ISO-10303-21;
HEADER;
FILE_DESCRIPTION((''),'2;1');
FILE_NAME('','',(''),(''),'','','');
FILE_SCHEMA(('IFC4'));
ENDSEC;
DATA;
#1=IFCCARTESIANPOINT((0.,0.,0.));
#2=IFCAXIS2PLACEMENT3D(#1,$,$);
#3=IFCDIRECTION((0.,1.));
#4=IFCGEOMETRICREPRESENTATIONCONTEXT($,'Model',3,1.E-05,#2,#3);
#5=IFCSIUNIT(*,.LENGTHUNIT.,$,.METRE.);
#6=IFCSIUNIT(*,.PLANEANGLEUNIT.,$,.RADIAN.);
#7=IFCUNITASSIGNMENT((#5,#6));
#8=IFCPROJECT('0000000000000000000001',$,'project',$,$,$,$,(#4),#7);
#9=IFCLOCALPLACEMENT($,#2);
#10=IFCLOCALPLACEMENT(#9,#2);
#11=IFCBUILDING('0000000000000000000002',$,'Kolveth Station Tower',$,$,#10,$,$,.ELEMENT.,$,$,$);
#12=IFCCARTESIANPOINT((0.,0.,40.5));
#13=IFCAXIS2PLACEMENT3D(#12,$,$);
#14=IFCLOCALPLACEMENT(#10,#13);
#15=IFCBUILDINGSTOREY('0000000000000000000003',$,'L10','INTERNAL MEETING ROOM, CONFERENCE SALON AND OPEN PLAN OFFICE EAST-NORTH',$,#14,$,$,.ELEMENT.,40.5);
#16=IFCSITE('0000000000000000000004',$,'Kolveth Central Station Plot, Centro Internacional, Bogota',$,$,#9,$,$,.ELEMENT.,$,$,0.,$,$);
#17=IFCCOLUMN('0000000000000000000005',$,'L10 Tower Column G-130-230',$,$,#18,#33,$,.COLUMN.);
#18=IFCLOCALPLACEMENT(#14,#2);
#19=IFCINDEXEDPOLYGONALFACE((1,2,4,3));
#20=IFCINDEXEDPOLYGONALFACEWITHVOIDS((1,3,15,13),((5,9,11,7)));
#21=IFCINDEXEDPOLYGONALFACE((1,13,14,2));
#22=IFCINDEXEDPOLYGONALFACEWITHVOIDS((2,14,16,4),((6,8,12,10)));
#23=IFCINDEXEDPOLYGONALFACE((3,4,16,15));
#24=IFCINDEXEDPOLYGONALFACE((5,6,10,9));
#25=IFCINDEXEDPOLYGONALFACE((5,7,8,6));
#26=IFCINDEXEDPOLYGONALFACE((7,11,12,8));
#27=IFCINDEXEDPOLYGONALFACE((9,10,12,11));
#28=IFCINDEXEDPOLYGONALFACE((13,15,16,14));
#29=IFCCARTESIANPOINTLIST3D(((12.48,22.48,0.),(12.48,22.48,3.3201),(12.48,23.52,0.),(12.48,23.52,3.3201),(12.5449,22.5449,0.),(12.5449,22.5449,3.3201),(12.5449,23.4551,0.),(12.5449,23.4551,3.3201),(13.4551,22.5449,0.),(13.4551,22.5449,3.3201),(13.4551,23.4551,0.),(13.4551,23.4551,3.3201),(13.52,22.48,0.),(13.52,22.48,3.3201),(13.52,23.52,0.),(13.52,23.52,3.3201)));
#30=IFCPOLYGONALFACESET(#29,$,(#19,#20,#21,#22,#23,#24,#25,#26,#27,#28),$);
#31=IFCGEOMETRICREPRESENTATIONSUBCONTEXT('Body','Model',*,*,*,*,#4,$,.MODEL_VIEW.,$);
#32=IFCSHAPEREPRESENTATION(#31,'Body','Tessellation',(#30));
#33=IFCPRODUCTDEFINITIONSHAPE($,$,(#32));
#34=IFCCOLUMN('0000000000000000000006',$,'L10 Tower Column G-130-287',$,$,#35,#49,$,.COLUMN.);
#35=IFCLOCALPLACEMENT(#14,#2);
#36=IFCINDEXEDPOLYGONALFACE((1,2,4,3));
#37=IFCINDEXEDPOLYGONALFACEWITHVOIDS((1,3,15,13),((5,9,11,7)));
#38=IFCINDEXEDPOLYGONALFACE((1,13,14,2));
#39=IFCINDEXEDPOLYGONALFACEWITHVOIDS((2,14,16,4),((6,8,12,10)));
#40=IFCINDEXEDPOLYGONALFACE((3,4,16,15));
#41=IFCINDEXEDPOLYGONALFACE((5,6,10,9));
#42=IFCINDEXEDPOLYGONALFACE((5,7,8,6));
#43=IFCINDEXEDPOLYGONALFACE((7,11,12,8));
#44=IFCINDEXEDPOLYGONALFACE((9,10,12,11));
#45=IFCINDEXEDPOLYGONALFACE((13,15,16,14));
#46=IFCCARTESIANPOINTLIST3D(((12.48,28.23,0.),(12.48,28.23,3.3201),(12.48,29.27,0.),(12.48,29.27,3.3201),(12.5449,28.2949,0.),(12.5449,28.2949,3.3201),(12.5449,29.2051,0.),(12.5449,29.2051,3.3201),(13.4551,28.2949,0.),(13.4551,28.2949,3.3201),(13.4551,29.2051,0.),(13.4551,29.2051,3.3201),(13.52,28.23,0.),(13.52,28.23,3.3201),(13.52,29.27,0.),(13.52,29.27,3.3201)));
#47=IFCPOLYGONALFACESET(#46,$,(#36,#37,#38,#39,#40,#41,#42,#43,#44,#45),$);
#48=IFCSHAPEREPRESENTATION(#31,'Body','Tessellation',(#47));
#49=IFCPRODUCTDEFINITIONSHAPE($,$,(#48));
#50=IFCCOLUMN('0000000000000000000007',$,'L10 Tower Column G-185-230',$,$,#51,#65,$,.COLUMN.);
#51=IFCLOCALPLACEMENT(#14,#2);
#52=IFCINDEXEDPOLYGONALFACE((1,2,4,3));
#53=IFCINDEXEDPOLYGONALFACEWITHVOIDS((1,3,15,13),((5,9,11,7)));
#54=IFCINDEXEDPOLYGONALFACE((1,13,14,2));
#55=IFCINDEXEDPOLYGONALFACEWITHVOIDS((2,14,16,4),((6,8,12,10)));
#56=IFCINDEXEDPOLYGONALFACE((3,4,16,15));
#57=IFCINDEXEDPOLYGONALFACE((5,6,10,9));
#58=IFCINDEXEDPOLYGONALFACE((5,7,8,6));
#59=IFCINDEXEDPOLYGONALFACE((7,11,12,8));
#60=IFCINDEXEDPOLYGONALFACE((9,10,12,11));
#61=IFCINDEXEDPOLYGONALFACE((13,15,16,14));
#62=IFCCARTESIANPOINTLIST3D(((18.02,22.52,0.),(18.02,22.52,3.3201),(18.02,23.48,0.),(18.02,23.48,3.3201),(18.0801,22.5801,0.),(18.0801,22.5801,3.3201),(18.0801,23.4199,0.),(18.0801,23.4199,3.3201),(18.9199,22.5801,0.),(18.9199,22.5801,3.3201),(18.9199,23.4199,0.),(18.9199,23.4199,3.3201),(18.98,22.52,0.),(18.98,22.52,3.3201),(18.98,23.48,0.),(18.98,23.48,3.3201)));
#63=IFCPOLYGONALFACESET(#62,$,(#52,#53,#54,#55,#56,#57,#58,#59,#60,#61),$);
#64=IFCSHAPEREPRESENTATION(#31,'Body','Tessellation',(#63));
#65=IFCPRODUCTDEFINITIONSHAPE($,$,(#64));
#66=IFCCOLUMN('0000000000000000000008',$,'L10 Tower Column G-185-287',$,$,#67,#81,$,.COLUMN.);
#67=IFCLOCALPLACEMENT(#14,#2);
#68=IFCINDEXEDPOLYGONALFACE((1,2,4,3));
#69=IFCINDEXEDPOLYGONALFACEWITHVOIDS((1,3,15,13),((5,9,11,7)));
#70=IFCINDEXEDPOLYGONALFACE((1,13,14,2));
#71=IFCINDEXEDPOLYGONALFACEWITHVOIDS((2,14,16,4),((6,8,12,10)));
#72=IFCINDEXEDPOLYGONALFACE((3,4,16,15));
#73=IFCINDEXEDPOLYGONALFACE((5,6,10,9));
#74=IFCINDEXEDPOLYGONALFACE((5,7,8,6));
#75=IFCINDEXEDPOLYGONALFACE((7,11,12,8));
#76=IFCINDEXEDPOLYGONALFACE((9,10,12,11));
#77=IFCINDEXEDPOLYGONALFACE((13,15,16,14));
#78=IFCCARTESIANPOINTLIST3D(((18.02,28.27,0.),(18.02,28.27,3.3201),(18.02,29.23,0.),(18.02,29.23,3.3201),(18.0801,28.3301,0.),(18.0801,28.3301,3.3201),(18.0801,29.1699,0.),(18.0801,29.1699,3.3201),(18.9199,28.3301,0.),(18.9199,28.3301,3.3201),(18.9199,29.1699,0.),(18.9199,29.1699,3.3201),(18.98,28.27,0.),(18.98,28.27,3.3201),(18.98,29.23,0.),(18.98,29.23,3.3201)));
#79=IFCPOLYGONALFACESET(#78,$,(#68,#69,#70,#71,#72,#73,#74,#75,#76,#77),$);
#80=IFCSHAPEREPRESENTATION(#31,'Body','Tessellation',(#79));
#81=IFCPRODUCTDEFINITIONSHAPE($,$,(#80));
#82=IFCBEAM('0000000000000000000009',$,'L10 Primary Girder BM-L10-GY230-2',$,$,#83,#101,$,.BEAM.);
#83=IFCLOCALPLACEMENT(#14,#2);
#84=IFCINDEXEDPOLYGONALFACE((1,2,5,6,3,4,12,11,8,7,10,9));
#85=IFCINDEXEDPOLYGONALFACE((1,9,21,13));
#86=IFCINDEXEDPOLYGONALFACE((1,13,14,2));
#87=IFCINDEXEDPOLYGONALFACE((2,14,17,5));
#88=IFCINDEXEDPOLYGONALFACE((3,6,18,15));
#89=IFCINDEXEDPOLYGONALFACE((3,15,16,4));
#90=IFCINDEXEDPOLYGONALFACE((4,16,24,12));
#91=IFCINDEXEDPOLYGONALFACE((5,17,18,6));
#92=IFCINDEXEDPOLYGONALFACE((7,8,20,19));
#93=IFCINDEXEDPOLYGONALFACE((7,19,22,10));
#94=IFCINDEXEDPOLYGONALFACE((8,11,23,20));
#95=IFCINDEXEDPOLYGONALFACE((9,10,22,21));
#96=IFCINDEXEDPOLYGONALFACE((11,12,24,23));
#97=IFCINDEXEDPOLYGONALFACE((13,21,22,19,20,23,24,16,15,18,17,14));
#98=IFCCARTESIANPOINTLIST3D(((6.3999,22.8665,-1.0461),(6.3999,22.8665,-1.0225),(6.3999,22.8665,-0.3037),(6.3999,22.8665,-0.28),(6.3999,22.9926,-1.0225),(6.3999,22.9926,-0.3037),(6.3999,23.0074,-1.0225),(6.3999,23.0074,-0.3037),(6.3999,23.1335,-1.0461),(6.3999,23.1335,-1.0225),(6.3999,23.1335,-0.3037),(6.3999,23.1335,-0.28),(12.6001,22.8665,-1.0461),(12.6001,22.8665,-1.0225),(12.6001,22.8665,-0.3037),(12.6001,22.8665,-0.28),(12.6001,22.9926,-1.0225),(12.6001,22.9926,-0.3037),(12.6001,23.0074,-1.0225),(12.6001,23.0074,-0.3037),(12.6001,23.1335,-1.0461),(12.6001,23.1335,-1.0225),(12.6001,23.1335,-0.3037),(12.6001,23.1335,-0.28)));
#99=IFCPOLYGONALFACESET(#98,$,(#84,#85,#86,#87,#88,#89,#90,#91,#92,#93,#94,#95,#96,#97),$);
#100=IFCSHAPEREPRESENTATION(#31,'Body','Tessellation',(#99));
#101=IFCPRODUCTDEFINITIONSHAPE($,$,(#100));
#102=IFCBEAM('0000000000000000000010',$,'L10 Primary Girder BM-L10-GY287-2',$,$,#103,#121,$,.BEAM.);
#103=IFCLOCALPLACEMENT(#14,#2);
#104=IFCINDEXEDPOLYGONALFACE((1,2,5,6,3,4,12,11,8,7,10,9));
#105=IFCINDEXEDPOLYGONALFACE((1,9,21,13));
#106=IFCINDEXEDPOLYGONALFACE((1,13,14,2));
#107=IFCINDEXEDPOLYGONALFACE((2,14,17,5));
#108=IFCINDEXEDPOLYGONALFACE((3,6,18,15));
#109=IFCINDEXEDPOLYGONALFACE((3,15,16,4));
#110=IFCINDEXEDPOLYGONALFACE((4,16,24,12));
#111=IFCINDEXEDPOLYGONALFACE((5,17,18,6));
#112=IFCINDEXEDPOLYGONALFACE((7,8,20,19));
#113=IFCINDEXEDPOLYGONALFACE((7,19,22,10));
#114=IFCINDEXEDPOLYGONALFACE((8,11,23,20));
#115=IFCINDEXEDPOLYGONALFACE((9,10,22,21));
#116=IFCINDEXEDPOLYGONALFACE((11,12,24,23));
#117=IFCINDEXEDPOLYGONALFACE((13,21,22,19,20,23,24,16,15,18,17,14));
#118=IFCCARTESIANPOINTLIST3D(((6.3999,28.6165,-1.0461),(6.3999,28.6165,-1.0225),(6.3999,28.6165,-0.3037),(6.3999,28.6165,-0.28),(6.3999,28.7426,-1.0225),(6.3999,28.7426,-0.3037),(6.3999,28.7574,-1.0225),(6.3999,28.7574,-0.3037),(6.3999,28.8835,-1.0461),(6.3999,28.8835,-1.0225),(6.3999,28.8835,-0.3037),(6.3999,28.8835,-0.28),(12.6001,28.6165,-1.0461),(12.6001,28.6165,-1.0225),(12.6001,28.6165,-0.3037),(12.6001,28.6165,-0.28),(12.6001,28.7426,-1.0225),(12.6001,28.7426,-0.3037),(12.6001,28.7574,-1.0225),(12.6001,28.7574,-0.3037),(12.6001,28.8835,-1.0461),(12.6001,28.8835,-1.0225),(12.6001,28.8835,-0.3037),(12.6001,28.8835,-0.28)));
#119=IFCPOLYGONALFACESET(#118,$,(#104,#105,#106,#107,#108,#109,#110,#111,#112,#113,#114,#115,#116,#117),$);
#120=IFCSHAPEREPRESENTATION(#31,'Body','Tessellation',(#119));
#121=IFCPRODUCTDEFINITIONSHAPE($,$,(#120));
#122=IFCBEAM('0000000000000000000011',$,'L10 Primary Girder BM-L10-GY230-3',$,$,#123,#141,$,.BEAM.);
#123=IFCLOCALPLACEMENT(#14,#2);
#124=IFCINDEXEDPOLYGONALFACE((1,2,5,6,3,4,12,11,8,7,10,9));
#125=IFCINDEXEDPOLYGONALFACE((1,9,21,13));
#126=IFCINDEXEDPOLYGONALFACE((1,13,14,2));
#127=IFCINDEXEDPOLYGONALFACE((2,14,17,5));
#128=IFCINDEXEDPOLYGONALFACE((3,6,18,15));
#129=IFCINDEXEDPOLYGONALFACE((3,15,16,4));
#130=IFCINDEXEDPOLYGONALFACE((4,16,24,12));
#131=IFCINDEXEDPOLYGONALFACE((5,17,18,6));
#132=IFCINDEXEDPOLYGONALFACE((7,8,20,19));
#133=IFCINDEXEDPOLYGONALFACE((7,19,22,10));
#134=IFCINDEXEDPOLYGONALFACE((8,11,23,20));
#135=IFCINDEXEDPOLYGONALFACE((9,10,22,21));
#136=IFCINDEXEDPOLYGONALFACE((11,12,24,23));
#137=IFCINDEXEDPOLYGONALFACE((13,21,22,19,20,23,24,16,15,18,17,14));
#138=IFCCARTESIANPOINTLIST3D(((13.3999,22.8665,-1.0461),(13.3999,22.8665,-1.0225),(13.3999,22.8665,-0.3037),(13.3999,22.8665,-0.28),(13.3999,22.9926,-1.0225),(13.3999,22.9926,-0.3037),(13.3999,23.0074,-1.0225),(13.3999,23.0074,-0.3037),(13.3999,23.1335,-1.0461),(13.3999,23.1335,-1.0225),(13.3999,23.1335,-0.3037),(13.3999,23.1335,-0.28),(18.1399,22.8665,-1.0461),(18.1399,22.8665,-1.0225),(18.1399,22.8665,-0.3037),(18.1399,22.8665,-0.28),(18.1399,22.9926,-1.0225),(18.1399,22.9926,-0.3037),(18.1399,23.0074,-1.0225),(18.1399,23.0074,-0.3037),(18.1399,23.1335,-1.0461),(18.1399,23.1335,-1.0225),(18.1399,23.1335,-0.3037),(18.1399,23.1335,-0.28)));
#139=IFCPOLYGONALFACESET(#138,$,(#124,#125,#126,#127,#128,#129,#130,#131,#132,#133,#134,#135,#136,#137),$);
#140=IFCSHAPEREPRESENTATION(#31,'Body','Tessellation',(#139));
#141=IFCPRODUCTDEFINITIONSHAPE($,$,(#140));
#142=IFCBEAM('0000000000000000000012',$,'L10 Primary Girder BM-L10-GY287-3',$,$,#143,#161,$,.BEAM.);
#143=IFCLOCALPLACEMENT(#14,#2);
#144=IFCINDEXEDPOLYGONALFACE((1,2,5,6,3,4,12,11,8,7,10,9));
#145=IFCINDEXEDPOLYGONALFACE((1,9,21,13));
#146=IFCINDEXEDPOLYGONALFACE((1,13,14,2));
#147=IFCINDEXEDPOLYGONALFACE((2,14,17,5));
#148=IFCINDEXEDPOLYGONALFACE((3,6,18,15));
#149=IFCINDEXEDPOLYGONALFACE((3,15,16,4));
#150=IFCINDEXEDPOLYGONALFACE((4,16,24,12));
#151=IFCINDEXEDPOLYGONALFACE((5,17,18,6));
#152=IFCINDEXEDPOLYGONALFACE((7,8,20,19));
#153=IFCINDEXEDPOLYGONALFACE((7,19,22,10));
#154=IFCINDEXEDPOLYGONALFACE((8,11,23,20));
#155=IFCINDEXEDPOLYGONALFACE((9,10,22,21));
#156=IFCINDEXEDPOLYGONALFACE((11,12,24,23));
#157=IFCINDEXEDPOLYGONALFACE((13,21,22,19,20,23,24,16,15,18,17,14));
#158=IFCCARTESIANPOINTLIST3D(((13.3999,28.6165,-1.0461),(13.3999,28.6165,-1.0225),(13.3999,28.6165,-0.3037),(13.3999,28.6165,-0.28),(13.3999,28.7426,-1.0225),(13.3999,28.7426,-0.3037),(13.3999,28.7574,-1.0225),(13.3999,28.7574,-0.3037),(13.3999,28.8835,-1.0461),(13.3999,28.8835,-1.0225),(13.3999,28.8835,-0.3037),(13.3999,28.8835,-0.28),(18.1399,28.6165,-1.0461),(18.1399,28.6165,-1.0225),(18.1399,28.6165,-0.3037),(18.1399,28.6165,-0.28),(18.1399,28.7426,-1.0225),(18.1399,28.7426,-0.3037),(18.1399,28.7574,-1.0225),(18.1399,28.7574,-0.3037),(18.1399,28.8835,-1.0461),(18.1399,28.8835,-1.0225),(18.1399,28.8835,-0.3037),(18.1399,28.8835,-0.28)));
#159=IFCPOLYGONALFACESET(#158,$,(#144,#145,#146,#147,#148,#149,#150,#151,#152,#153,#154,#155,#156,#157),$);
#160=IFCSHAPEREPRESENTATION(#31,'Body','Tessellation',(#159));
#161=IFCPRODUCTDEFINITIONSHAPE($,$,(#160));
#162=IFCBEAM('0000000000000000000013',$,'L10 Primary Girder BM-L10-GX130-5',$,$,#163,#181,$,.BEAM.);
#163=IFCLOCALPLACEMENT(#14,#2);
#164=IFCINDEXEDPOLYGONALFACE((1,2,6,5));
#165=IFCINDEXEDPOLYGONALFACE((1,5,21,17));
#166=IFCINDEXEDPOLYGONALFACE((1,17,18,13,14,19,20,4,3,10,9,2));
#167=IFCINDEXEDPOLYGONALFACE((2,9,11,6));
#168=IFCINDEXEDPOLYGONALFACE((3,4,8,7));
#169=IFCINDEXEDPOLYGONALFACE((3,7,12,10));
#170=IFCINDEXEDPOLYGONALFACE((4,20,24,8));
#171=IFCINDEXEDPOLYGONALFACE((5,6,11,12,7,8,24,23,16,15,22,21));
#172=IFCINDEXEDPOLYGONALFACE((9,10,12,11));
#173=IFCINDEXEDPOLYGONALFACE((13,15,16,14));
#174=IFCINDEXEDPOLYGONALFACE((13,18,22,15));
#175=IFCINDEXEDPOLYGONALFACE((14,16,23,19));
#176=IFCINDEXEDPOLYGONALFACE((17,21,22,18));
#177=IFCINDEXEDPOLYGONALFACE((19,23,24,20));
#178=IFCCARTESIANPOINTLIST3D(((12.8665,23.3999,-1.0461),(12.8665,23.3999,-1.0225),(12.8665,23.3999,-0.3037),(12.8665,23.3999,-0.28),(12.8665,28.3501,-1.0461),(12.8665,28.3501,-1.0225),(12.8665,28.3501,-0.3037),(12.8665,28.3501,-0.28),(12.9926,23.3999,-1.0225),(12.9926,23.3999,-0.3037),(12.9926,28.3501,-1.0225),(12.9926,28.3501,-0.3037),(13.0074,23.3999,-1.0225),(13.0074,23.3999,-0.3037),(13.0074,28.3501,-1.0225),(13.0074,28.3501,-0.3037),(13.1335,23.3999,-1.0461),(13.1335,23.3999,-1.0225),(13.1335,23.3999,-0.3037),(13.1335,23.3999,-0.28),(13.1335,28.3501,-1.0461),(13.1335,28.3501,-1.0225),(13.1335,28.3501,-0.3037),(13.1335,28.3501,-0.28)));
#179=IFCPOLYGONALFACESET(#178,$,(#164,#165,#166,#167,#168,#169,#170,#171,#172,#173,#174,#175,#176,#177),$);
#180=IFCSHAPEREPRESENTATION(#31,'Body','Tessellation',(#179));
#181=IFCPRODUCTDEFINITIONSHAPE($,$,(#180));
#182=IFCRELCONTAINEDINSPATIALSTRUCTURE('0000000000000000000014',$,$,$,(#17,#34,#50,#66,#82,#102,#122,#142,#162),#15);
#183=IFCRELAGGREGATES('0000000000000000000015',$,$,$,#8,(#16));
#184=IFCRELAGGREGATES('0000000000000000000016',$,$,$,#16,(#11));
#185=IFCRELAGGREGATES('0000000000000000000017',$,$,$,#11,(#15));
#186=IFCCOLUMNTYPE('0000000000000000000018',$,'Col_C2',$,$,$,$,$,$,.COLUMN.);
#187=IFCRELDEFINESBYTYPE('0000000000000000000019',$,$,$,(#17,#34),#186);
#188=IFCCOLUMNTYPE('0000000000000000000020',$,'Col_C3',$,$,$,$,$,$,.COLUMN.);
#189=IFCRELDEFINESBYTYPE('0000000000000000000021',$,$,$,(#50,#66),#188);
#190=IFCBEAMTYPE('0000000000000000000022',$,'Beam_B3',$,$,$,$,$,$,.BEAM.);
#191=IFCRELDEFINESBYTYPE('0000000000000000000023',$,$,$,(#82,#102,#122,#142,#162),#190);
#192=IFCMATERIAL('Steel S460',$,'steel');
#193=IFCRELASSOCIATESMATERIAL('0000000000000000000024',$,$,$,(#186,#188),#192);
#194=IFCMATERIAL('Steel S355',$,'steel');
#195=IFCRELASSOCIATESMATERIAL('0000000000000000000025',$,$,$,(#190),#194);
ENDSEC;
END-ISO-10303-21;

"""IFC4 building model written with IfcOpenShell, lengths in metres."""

from ifc_helpers import new_model, si_unit, direction, frame, origin, origin_2d, place, context, subcontext, project, spatial, hollow_rectangle, i_section, extrude, source, transform, mapped, material, material_profile, profile_set, type_object, element, save


model = new_model("IFC4")

# Units and contexts
model_context = context("Model", 3, precision=1e-05, world=origin(), true_north=direction((0.0, 1.0)))
body_context = subcontext(model_context, "Body", "Model", "MODEL_VIEW")
ifc_project = project(units=[si_unit("LENGTHUNIT", "METRE"), si_unit("PLANEANGLEUNIT", "RADIAN")], contexts=[model_context])

# Site, building, storey
site_placement = place(None, origin())
site = spatial("IfcSite", under=ifc_project, at=site_placement, Name="Kolveth Central Station Plot, Centro Internacional, Bogota", CompositionType="ELEMENT", RefElevation=0.0)
building_placement = place(site_placement, origin())
building = spatial("IfcBuilding", under=site, at=building_placement, Name="Kolveth Station Tower", CompositionType="ELEMENT")
storey_placement = place(building_placement, frame((0.0, 0.0, 40.5)))
storey = spatial("IfcBuildingStorey", under=building, at=storey_placement, Name="L10", Description="INTERNAL MEETING ROOM, CONFERENCE SALON AND OPEN PLAN OFFICE EAST-NORTH", CompositionType="ELEMENT", Elevation=40.5)

# Columns
ifc_material_1 = material(Name="Steel S460", Category="steel")
ifc_material_profile_1 = material_profile(ifc_material_1, hollow_rectangle(XDim=1.04, YDim=1.04, WallThickness=0.0649, at=origin_2d()), Name="BOX1040x1040x65")
ifc_profile_set_1 = profile_set([ifc_material_profile_1], Name="Steel S460")
column_type_1 = type_object("IfcColumnType", Name="Col_C2", PredefinedType="COLUMN", material=ifc_profile_set_1)
shared_shape_1 = source(origin(), body_context, "Body", "SweptSolid", [
    extrude(hollow_rectangle(XDim=1.04, YDim=1.04, WallThickness=0.0649, at=origin_2d()), origin(), (0.0, 0.0, 1.0), 3.3201),
])
for number, where, z_axis, x_axis, name in (
    (1, (13.0, 23.0, 0.0), (0.0, 0.0, 1.0), (1.0, 0.0, 0.0), "L10 Tower Column G-130-230"),
    (2, (13.0, 28.75, 0.0), (0.0, 0.0, 1.0), (1.0, 0.0, 0.0), "L10 Tower Column G-130-287"),
):
    element("IfcColumn", number, at=place(storey_placement, frame(where, z_axis=z_axis, x_axis=x_axis)), inside=storey, type_object=column_type_1, Name=name, PredefinedType="COLUMN", context=body_context, shape_type="MappedRepresentation", body=[
        mapped(shared_shape_1, transform((0.0, 0.0, 0.0), x_axis=(1.0, 0.0, 0.0), y_axis=(0.0, 1.0, 0.0), z_axis=(0.0, 0.0, 1.0), scale=1.0)),
    ])
ifc_material_profile_2 = material_profile(ifc_material_1, hollow_rectangle(XDim=0.96, YDim=0.96, WallThickness=0.0601, at=origin_2d()), Name="BOX960x960x60")
ifc_profile_set_2 = profile_set([ifc_material_profile_2], Name="Steel S460")
column_type_2 = type_object("IfcColumnType", Name="Col_C3", PredefinedType="COLUMN", material=ifc_profile_set_2)
shared_shape_2 = source(origin(), body_context, "Body", "SweptSolid", [
    extrude(hollow_rectangle(XDim=0.96, YDim=0.96, WallThickness=0.0601, at=origin_2d()), origin(), (0.0, 0.0, 1.0), 3.3201),
])
for number, where, z_axis, x_axis, name in (
    (3, (18.5, 23.0, 0.0), (0.0, 0.0, 1.0), (1.0, 0.0, 0.0), "L10 Tower Column G-185-230"),
    (4, (18.5, 28.75, 0.0), (0.0, 0.0, 1.0), (1.0, 0.0, 0.0), "L10 Tower Column G-185-287"),
):
    element("IfcColumn", number, at=place(storey_placement, frame(where, z_axis=z_axis, x_axis=x_axis)), inside=storey, type_object=column_type_2, Name=name, PredefinedType="COLUMN", context=body_context, shape_type="MappedRepresentation", body=[
        mapped(shared_shape_2, transform((0.0, 0.0, 0.0), x_axis=(1.0, 0.0, 0.0), y_axis=(0.0, 1.0, 0.0), z_axis=(0.0, 0.0, 1.0), scale=1.0)),
    ])

# Beams
ifc_material_2 = material(Name="Steel S355", Category="steel")
ifc_material_profile_3 = material_profile(ifc_material_2, i_section(OverallWidth=0.2671, OverallDepth=0.7661, WebThickness=0.0149, FlangeThickness=0.0237, at=origin_2d()), Name="W760x185")
ifc_profile_set_3 = profile_set([ifc_material_profile_3], Name="Steel S355")
beam_type_1 = type_object("IfcBeamType", Name="Beam_B3", PredefinedType="BEAM", material=ifc_profile_set_3)
shared_shape_3 = source(origin(), body_context, "Body", "SweptSolid", [
    extrude(i_section(OverallWidth=0.2671, OverallDepth=0.7661, WebThickness=0.0149, FlangeThickness=0.0237, at=origin_2d()), origin(), (0.0, 0.0, 1.0), 6.2002),
])
for number, where, z_axis, x_axis, name in (
    (5, (6.3999, 23.0, -0.6631), (1.0, 0.0, 0.0), (0.0, 1.0, 0.0), "L10 Primary Girder BM-L10-GY230-2"),
    (6, (6.3999, 28.75, -0.6631), (1.0, 0.0, 0.0), (0.0, 1.0, 0.0), "L10 Primary Girder BM-L10-GY287-2"),
):
    element("IfcBeam", number, at=place(storey_placement, frame(where, z_axis=z_axis, x_axis=x_axis)), inside=storey, type_object=beam_type_1, Name=name, PredefinedType="BEAM", context=body_context, shape_type="MappedRepresentation", body=[
        mapped(shared_shape_3, transform((0.0, 0.0, 0.0), x_axis=(1.0, 0.0, 0.0), y_axis=(0.0, 1.0, 0.0), z_axis=(0.0, 0.0, 1.0), scale=1.0)),
    ])
shared_shape_4 = source(origin(), body_context, "Body", "SweptSolid", [
    extrude(i_section(OverallWidth=0.2671, OverallDepth=0.7661, WebThickness=0.0149, FlangeThickness=0.0237, at=origin_2d()), origin(), (0.0, 0.0, 1.0), 4.74),
])
for number, where, z_axis, x_axis, name in (
    (7, (13.3999, 23.0, -0.6631), (1.0, 0.0, 0.0), (0.0, 1.0, 0.0), "L10 Primary Girder BM-L10-GY230-3"),
    (8, (13.3999, 28.75, -0.6631), (1.0, 0.0, 0.0), (0.0, 1.0, 0.0), "L10 Primary Girder BM-L10-GY287-3"),
):
    element("IfcBeam", number, at=place(storey_placement, frame(where, z_axis=z_axis, x_axis=x_axis)), inside=storey, type_object=beam_type_1, Name=name, PredefinedType="BEAM", context=body_context, shape_type="MappedRepresentation", body=[
        mapped(shared_shape_4, transform((0.0, 0.0, 0.0), x_axis=(1.0, 0.0, 0.0), y_axis=(0.0, 1.0, 0.0), z_axis=(0.0, 0.0, 1.0), scale=1.0)),
    ])
shared_shape_5 = source(origin(), body_context, "Body", "SweptSolid", [
    extrude(i_section(OverallWidth=0.2671, OverallDepth=0.7661, WebThickness=0.0149, FlangeThickness=0.0237, at=origin_2d()), origin(), (0.0, 0.0, 1.0), 4.9502),
])
beam_1_placement = place(storey_placement, frame((13.0, 23.3999, -0.6631), z_axis=(0.0, 1.0, 0.0), x_axis=(-1.0, 0.0, 0.0)))
element("IfcBeam", 9, at=beam_1_placement, inside=storey, type_object=beam_type_1, Name="L10 Primary Girder BM-L10-GX130-5", PredefinedType="BEAM", context=body_context, shape_type="MappedRepresentation", body=[
    mapped(shared_shape_5, transform((0.0, 0.0, 0.0), x_axis=(1.0, 0.0, 0.0), y_axis=(0.0, 1.0, 0.0), z_axis=(0.0, 0.0, 1.0), scale=1.0)),
])

save(model, "model.ifc")
